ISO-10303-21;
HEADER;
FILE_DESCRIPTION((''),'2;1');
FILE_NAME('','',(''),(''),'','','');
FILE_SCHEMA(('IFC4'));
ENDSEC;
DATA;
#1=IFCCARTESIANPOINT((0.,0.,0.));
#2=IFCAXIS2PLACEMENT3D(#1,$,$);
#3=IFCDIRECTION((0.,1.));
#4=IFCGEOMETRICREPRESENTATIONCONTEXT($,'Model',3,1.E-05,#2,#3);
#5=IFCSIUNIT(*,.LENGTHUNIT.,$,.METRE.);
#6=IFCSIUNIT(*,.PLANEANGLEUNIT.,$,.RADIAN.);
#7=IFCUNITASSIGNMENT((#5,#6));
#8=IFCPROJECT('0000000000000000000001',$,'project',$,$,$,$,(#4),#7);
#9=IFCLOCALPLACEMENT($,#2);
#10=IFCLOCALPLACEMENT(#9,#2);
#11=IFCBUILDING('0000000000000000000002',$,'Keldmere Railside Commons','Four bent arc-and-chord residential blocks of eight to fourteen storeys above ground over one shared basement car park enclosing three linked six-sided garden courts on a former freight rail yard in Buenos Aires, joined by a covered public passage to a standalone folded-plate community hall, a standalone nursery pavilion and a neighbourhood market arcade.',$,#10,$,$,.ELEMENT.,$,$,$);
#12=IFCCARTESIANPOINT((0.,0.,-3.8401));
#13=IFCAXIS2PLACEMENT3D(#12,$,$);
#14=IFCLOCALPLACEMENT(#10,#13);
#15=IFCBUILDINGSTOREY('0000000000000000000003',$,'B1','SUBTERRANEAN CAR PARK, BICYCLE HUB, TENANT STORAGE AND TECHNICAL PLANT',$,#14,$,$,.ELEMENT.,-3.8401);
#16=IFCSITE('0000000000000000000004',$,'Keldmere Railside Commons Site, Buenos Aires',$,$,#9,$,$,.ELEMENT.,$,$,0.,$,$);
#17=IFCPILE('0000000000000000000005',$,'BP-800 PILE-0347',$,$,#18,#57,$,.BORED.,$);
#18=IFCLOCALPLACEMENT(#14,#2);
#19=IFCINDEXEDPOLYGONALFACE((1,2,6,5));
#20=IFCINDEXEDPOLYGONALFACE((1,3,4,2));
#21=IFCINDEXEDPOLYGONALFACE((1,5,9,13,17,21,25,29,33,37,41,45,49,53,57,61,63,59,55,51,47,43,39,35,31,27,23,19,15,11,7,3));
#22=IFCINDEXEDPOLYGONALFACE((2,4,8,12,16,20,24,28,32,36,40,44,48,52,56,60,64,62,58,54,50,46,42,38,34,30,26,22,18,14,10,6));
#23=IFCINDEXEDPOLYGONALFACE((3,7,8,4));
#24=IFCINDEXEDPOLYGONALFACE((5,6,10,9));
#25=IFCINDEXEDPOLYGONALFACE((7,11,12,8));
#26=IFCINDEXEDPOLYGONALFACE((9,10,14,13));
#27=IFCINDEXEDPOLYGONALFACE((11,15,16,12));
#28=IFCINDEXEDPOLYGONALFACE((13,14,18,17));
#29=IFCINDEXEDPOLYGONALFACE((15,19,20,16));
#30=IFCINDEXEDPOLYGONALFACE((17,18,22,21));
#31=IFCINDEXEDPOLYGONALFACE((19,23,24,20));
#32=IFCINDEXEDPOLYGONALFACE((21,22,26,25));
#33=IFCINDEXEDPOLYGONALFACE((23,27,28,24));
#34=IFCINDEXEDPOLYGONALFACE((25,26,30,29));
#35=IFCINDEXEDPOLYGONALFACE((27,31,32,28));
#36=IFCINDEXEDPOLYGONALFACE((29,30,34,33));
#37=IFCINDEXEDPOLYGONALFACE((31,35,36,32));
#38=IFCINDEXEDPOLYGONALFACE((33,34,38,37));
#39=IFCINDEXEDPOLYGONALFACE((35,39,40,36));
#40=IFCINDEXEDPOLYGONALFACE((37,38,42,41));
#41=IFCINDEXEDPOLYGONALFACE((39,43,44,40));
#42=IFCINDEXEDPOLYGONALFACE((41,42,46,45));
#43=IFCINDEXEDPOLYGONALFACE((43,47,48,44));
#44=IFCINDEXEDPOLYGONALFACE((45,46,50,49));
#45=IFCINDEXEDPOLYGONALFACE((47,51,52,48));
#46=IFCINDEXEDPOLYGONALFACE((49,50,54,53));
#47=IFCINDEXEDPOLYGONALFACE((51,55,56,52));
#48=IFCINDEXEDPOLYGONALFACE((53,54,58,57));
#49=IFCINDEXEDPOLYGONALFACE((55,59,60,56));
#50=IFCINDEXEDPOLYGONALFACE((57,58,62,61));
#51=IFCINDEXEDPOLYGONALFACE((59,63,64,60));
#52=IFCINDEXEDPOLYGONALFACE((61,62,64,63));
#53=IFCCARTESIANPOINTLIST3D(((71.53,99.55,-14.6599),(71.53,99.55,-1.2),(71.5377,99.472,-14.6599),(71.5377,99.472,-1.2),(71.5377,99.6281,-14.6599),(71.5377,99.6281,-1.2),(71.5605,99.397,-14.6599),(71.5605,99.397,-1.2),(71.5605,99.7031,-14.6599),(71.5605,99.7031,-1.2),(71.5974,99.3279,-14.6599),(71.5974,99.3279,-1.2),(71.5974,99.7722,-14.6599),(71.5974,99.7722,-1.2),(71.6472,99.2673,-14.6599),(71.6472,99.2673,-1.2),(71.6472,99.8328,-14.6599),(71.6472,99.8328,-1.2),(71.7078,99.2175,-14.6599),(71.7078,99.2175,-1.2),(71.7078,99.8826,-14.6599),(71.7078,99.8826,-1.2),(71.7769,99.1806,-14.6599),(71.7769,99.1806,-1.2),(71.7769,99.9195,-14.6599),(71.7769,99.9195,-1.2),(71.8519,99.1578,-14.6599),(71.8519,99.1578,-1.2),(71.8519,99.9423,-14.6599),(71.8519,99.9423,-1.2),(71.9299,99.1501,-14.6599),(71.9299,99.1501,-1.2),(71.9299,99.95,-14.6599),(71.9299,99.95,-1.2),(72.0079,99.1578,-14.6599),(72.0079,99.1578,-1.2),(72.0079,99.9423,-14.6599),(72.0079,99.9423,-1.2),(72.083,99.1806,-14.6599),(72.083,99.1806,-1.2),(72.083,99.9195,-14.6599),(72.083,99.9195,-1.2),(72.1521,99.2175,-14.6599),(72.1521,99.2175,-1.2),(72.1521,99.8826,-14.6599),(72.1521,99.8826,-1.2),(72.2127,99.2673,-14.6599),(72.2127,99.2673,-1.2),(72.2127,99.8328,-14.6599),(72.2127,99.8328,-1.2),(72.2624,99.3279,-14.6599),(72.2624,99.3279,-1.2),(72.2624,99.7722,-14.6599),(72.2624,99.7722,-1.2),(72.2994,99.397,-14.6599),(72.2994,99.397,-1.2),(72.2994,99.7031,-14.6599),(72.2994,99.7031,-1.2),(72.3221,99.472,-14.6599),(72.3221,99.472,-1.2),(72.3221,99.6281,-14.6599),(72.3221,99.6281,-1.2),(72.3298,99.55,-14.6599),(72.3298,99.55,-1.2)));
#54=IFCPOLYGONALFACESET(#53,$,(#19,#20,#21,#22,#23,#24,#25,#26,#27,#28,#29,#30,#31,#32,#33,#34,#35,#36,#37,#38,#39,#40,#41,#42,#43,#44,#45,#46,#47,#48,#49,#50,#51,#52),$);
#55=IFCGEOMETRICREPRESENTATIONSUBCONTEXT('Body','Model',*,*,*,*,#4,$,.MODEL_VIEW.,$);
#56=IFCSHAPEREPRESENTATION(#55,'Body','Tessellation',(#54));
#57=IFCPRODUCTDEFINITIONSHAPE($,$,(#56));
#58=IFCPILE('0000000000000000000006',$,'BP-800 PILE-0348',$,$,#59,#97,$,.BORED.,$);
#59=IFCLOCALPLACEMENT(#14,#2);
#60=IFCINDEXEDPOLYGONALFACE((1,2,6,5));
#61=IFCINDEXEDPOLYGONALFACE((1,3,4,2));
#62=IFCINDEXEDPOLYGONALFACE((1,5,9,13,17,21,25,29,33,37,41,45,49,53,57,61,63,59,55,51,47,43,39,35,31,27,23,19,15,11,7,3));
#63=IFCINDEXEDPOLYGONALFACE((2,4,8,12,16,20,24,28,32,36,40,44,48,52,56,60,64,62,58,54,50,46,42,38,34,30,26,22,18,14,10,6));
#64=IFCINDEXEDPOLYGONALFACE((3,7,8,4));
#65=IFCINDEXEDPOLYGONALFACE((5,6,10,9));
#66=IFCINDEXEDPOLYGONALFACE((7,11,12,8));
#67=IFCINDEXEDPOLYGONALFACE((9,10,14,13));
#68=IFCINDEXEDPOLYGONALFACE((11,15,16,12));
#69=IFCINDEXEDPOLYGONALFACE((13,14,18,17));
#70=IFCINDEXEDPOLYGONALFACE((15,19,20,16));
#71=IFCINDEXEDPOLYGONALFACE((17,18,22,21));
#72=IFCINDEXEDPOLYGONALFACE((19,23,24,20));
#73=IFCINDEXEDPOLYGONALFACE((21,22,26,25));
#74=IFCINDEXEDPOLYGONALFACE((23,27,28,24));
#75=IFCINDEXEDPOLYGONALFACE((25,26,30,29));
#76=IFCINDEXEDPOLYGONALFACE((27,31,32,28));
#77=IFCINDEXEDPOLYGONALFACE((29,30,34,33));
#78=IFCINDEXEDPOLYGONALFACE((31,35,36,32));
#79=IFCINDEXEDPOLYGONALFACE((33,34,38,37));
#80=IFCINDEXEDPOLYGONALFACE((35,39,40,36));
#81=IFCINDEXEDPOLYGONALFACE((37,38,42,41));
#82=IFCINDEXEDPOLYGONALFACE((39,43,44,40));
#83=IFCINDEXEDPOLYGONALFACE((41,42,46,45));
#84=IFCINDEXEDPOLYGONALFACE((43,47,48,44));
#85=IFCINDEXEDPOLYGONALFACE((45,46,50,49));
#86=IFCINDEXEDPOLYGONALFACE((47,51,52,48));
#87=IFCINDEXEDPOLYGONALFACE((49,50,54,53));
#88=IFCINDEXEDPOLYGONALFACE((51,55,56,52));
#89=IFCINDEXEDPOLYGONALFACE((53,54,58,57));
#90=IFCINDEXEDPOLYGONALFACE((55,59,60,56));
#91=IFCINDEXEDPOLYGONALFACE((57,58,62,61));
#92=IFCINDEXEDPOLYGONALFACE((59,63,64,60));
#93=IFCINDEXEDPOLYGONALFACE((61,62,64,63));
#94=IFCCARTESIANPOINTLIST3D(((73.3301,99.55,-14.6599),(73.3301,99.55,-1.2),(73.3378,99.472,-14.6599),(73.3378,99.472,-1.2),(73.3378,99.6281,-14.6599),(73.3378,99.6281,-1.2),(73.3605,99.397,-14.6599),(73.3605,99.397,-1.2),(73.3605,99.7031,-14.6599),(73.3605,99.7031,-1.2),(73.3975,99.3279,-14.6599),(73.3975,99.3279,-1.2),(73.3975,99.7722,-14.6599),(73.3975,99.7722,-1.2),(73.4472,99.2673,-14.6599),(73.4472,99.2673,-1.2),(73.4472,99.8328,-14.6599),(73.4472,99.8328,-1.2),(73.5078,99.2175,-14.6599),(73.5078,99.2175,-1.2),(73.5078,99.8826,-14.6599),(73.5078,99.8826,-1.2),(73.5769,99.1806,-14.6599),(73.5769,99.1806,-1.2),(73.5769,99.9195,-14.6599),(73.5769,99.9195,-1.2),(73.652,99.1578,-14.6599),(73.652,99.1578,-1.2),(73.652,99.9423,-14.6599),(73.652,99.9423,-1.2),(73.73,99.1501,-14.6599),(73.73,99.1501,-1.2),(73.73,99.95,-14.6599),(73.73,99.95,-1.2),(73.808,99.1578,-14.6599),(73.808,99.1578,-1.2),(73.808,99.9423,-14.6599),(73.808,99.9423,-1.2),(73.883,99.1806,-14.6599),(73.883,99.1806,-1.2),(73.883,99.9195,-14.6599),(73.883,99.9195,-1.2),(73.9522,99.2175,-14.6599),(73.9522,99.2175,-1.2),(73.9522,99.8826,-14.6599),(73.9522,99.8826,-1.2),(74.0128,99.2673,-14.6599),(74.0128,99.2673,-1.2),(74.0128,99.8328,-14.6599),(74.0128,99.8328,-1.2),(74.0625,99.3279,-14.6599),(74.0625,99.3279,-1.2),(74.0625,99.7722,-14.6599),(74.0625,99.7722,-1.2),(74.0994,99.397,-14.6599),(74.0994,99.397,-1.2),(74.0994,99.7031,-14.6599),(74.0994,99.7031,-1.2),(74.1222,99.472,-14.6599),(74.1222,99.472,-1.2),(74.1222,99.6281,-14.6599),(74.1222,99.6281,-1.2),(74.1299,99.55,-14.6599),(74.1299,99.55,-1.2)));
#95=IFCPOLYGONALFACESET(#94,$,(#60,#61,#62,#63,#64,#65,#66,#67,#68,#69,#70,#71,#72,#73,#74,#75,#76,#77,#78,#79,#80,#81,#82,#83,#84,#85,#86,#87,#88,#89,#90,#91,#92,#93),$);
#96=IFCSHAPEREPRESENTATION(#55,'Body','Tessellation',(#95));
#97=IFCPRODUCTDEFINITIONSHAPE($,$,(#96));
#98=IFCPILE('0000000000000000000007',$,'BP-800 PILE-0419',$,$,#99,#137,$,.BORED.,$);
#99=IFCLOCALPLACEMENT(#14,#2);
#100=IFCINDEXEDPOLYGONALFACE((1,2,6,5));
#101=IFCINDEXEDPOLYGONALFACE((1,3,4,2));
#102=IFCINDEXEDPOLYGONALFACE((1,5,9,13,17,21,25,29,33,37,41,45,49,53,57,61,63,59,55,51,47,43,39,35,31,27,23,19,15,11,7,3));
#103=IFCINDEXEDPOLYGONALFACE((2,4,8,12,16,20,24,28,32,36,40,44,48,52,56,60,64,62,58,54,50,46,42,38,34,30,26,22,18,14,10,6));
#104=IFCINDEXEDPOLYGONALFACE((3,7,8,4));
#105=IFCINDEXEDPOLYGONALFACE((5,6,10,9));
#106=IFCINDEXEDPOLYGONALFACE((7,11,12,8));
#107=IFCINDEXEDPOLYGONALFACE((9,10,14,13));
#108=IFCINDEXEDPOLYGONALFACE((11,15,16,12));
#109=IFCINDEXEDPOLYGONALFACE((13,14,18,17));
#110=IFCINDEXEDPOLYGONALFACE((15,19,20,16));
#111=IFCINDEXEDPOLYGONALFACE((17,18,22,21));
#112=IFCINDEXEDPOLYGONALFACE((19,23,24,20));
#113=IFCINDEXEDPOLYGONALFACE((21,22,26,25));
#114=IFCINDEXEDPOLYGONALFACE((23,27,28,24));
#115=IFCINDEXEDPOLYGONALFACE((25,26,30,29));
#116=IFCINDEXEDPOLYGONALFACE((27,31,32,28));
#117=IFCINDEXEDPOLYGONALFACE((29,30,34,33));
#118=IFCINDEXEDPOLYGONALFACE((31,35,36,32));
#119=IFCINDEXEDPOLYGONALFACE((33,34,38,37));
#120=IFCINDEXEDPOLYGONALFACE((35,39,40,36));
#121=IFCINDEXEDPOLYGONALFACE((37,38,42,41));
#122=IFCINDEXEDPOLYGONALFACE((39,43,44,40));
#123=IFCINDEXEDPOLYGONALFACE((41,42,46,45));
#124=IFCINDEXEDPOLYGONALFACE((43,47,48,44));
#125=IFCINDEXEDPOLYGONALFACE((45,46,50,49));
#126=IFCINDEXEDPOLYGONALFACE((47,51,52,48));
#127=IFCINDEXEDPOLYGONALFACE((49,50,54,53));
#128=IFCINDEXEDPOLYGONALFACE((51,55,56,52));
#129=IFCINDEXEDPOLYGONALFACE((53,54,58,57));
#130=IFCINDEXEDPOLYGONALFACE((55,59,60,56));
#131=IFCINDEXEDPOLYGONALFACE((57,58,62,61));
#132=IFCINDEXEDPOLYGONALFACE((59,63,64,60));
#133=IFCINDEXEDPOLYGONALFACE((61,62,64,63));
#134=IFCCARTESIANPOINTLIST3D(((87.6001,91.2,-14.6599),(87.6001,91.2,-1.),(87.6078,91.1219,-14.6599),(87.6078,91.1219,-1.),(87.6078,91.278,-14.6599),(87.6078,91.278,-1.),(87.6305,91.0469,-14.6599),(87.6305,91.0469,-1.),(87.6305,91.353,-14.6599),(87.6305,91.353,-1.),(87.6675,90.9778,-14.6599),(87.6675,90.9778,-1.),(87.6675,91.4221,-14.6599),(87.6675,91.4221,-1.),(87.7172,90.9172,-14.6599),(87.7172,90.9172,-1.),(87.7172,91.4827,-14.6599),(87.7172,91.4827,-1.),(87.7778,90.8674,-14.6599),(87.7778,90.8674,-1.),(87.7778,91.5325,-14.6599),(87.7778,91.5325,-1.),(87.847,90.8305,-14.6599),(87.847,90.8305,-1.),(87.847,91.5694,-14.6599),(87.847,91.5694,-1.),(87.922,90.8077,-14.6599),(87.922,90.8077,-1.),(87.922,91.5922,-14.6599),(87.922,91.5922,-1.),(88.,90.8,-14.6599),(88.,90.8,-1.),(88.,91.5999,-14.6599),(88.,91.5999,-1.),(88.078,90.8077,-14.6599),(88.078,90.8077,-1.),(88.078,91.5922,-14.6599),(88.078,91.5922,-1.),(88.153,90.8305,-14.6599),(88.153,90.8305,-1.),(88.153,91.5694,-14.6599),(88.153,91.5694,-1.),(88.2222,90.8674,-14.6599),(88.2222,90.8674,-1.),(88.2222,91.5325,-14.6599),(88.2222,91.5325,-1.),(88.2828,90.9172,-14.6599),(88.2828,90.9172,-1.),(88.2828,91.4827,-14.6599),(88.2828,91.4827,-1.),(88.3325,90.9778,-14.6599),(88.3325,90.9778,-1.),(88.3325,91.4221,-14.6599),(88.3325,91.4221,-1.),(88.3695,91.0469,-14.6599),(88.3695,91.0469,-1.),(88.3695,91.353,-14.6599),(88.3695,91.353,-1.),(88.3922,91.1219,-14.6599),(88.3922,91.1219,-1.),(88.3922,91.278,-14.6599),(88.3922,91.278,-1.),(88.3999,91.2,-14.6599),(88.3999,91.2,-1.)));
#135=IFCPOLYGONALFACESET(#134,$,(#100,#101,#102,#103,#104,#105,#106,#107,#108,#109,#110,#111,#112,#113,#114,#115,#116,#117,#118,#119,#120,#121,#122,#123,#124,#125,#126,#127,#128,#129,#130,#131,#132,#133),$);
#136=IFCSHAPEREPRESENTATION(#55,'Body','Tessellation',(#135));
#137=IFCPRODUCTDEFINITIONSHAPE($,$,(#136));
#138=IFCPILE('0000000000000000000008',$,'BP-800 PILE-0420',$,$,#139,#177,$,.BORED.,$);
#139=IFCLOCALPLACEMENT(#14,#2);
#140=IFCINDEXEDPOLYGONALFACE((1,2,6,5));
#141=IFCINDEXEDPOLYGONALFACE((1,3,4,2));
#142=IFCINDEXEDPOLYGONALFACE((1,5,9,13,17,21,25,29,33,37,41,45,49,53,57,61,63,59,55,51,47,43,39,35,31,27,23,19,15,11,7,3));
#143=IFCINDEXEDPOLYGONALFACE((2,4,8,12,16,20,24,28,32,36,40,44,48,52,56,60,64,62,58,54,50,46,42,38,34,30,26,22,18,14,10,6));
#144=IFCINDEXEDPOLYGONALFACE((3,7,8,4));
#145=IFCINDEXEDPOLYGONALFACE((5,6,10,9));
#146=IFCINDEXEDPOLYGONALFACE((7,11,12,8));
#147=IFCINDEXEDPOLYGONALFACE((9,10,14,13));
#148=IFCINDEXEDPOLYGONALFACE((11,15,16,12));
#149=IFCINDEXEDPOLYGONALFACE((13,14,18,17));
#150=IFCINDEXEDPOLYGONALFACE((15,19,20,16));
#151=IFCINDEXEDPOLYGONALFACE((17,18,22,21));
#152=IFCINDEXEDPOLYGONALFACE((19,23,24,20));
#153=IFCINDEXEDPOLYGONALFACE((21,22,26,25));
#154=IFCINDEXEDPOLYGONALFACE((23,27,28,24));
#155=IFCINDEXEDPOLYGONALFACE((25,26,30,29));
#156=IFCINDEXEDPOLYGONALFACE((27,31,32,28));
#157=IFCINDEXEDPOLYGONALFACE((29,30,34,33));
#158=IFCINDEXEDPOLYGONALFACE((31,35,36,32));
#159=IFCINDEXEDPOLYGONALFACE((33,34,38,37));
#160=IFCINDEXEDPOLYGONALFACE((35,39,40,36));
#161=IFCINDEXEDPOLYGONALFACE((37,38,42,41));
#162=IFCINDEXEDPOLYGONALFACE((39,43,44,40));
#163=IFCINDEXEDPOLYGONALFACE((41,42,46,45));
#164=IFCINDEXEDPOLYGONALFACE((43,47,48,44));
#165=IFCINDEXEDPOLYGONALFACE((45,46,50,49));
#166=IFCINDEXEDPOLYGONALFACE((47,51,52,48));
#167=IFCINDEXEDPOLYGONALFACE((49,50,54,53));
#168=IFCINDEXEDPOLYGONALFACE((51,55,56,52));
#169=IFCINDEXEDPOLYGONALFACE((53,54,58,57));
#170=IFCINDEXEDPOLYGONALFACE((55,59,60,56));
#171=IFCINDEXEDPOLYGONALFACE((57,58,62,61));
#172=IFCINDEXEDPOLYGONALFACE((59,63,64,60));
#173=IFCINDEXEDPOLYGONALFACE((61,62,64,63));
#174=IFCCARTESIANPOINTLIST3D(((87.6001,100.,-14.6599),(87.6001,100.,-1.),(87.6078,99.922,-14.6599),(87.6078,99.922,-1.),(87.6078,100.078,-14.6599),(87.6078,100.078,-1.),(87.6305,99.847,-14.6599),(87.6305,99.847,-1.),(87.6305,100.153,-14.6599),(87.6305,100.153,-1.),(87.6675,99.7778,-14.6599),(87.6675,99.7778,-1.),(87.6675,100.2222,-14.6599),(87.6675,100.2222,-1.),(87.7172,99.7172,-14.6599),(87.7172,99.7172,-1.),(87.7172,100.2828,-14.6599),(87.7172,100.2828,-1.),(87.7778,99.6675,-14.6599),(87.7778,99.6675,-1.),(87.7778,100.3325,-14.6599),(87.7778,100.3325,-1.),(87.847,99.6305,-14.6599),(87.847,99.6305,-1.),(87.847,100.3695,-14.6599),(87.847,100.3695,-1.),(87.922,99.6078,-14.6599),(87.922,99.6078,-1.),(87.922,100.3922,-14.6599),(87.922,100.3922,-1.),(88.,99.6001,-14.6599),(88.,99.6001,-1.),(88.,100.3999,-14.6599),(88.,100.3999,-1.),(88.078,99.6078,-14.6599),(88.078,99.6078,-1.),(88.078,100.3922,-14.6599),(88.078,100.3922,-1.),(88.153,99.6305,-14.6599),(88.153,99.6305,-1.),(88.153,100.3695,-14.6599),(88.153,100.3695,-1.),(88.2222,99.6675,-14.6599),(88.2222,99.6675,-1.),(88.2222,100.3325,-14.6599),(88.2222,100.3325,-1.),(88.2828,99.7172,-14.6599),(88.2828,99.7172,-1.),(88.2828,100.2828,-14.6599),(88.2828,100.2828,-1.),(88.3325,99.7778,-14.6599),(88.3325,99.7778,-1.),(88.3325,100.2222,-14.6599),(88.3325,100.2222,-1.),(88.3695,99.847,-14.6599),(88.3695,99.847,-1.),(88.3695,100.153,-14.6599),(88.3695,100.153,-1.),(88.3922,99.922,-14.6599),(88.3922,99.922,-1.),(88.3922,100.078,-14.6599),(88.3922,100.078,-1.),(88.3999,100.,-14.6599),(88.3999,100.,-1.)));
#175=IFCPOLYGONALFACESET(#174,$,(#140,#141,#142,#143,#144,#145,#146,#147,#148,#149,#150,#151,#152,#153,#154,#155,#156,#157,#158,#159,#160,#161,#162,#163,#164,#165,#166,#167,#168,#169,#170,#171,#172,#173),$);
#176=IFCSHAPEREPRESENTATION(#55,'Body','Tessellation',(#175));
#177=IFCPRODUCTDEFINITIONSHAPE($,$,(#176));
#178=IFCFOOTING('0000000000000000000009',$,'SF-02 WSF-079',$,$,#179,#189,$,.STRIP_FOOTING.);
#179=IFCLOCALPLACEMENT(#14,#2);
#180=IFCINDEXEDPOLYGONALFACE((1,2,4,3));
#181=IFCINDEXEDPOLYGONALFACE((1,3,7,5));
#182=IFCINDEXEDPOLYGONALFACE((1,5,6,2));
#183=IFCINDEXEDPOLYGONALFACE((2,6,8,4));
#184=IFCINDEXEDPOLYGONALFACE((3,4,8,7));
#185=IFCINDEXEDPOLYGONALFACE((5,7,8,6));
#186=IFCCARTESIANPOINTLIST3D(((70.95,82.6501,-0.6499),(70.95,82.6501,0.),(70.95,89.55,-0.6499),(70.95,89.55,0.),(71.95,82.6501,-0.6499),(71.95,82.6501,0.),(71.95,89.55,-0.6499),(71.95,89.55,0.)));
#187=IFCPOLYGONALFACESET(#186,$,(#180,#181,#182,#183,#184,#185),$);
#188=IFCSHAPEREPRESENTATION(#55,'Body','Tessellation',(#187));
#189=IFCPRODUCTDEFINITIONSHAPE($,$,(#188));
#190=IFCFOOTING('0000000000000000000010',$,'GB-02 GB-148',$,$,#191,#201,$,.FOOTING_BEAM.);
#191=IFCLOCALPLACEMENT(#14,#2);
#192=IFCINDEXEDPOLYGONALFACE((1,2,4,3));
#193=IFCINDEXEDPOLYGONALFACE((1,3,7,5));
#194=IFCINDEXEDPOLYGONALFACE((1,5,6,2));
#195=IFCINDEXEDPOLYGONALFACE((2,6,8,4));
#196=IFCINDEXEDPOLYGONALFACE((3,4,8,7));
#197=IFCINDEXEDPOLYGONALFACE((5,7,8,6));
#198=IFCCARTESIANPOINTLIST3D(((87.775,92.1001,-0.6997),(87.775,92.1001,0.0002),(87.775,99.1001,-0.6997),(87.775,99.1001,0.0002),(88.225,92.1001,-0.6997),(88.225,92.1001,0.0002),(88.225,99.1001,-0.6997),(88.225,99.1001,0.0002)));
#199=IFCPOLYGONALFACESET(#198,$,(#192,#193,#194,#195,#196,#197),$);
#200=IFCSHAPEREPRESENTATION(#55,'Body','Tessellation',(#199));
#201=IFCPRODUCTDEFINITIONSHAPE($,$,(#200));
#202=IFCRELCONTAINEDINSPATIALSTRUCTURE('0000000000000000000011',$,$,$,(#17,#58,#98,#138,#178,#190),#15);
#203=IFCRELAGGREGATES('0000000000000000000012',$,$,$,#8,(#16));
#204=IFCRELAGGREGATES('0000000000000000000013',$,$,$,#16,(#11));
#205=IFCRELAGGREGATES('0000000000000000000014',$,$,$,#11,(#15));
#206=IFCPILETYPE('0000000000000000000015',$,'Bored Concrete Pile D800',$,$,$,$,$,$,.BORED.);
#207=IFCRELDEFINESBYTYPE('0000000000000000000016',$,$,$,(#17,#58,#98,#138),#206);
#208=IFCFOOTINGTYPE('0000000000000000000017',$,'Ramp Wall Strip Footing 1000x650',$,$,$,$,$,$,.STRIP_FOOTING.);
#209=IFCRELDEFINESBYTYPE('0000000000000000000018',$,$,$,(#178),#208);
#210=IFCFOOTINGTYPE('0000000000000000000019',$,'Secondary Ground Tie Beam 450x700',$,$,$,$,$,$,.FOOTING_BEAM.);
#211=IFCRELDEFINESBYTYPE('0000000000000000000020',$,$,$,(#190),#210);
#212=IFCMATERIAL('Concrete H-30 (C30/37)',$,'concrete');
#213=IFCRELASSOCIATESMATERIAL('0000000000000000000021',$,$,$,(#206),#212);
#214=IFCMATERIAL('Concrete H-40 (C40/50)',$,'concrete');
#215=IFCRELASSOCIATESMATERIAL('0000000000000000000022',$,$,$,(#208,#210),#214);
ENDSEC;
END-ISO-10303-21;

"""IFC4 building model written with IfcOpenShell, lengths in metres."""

from ifc_helpers import new_model, si_unit, direction, frame, origin, origin_2d, place, context, subcontext, project, spatial, rectangle, circle, extrude, material, material_profile, profile_set, type_object, element, save


model = new_model("IFC4")

# Units and contexts
model_context = context("Model", 3, precision=1e-05, world=origin(), true_north=direction((0.0, 1.0)))
body_context = subcontext(model_context, "Body", "Model", "MODEL_VIEW")
ifc_project = project(units=[si_unit("LENGTHUNIT", "METRE"), si_unit("PLANEANGLEUNIT", "RADIAN")], contexts=[model_context])

# Site, building, storey
site_placement = place(None, origin())
site = spatial("IfcSite", under=ifc_project, at=site_placement, Name="Keldmere Railside Commons Site, Buenos Aires", CompositionType="ELEMENT", RefElevation=0.0)
building_placement = place(site_placement, origin())
building = spatial("IfcBuilding", under=site, at=building_placement, Name="Keldmere Railside Commons", Description="Four bent arc-and-chord residential blocks of eight to fourteen storeys above ground over one shared basement car park enclosing three linked six-sided garden courts on a former freight rail yard in Buenos Aires, joined by a covered public passage to a standalone folded-plate community hall, a standalone nursery pavilion and a neighbourhood market arcade.", CompositionType="ELEMENT")
storey_placement = place(building_placement, frame((0.0, 0.0, -3.8401)))
storey = spatial("IfcBuildingStorey", under=building, at=storey_placement, Name="B1", Description="SUBTERRANEAN CAR PARK, BICYCLE HUB, TENANT STORAGE AND TECHNICAL PLANT", CompositionType="ELEMENT", Elevation=-3.8401)

# Piles
ifc_material_1 = material(Name="Concrete H-30 (C30/37)", Category="concrete")
ifc_material_profile_1 = material_profile(ifc_material_1, circle(Radius=0.3999, at=origin_2d()), Name="PILE-D800")
ifc_profile_set_1 = profile_set([ifc_material_profile_1], Name="Concrete H-30 (C30/37)")
pile_type = type_object("IfcPileType", Name="Bored Concrete Pile D800", PredefinedType="BORED", material=ifc_profile_set_1)
for number, where, z_axis, x_axis, name in (
    (1, (71.9299, 99.55, -1.2), (0.0, 0.0, -1.0), (1.0, 0.0, 0.0), "BP-800 PILE-0347"),
    (2, (73.73, 99.55, -1.2), (0.0, 0.0, -1.0), (1.0, 0.0, 0.0), "BP-800 PILE-0348"),
):
    element("IfcPile", number, at=place(storey_placement, frame(where, z_axis=z_axis, x_axis=x_axis)), inside=storey, type_object=pile_type, Name=name, PredefinedType="BORED", context=body_context, shape_type="SweptSolid", body=[
        extrude(circle(Radius=0.3999, at=origin_2d()), origin(), (0.0, 0.0, 1.0), 13.46),
    ])
for number, where, z_axis, x_axis, name in (
    (3, (88.0, 91.2, -1.0), (0.0, 0.0, -1.0), (1.0, 0.0, 0.0), "BP-800 PILE-0419"),
    (4, (88.0, 100.0, -1.0), (0.0, 0.0, -1.0), (1.0, 0.0, 0.0), "BP-800 PILE-0420"),
):
    element("IfcPile", number, at=place(storey_placement, frame(where, z_axis=z_axis, x_axis=x_axis)), inside=storey, type_object=pile_type, Name=name, PredefinedType="BORED", context=body_context, shape_type="SweptSolid", body=[
        extrude(circle(Radius=0.3999, at=origin_2d()), origin(), (0.0, 0.0, 1.0), 13.6599),
    ])

# Footings
ifc_material_2 = material(Name="Concrete H-40 (C40/50)", Category="concrete")
footing_type_1 = type_object("IfcFootingType", Name="Ramp Wall Strip Footing 1000x650", PredefinedType="STRIP_FOOTING", material=ifc_material_2)
footing_1_placement = place(storey_placement, frame((71.45, 86.1001, -0.6499), z_axis=(0.0, 0.0, 1.0), x_axis=(0.0, 1.0, 0.0)))
element("IfcFooting", 5, at=footing_1_placement, inside=storey, type_object=footing_type_1, Name="SF-02 WSF-079", PredefinedType="STRIP_FOOTING", context=body_context, shape_type="SweptSolid", body=[
    extrude(rectangle(XDim=6.8999, YDim=1.0, at=origin_2d()), origin(), (0.0, 0.0, 1.0), 0.6499),
])
footing_type_2 = type_object("IfcFootingType", Name="Secondary Ground Tie Beam 450x700", PredefinedType="FOOTING_BEAM", material=ifc_material_2)
footing_2_placement = place(storey_placement, frame((88.0, 95.6001, -0.6997), z_axis=(0.0, 0.0, 1.0), x_axis=(0.0, 1.0, 0.0)))
element("IfcFooting", 6, at=footing_2_placement, inside=storey, type_object=footing_type_2, Name="GB-02 GB-148", PredefinedType="FOOTING_BEAM", context=body_context, shape_type="SweptSolid", body=[
    extrude(rectangle(XDim=7.0, YDim=0.45, at=origin_2d()), origin(), (0.0, 0.0, 1.0), 0.7),
])

save(model, "model.ifc")
